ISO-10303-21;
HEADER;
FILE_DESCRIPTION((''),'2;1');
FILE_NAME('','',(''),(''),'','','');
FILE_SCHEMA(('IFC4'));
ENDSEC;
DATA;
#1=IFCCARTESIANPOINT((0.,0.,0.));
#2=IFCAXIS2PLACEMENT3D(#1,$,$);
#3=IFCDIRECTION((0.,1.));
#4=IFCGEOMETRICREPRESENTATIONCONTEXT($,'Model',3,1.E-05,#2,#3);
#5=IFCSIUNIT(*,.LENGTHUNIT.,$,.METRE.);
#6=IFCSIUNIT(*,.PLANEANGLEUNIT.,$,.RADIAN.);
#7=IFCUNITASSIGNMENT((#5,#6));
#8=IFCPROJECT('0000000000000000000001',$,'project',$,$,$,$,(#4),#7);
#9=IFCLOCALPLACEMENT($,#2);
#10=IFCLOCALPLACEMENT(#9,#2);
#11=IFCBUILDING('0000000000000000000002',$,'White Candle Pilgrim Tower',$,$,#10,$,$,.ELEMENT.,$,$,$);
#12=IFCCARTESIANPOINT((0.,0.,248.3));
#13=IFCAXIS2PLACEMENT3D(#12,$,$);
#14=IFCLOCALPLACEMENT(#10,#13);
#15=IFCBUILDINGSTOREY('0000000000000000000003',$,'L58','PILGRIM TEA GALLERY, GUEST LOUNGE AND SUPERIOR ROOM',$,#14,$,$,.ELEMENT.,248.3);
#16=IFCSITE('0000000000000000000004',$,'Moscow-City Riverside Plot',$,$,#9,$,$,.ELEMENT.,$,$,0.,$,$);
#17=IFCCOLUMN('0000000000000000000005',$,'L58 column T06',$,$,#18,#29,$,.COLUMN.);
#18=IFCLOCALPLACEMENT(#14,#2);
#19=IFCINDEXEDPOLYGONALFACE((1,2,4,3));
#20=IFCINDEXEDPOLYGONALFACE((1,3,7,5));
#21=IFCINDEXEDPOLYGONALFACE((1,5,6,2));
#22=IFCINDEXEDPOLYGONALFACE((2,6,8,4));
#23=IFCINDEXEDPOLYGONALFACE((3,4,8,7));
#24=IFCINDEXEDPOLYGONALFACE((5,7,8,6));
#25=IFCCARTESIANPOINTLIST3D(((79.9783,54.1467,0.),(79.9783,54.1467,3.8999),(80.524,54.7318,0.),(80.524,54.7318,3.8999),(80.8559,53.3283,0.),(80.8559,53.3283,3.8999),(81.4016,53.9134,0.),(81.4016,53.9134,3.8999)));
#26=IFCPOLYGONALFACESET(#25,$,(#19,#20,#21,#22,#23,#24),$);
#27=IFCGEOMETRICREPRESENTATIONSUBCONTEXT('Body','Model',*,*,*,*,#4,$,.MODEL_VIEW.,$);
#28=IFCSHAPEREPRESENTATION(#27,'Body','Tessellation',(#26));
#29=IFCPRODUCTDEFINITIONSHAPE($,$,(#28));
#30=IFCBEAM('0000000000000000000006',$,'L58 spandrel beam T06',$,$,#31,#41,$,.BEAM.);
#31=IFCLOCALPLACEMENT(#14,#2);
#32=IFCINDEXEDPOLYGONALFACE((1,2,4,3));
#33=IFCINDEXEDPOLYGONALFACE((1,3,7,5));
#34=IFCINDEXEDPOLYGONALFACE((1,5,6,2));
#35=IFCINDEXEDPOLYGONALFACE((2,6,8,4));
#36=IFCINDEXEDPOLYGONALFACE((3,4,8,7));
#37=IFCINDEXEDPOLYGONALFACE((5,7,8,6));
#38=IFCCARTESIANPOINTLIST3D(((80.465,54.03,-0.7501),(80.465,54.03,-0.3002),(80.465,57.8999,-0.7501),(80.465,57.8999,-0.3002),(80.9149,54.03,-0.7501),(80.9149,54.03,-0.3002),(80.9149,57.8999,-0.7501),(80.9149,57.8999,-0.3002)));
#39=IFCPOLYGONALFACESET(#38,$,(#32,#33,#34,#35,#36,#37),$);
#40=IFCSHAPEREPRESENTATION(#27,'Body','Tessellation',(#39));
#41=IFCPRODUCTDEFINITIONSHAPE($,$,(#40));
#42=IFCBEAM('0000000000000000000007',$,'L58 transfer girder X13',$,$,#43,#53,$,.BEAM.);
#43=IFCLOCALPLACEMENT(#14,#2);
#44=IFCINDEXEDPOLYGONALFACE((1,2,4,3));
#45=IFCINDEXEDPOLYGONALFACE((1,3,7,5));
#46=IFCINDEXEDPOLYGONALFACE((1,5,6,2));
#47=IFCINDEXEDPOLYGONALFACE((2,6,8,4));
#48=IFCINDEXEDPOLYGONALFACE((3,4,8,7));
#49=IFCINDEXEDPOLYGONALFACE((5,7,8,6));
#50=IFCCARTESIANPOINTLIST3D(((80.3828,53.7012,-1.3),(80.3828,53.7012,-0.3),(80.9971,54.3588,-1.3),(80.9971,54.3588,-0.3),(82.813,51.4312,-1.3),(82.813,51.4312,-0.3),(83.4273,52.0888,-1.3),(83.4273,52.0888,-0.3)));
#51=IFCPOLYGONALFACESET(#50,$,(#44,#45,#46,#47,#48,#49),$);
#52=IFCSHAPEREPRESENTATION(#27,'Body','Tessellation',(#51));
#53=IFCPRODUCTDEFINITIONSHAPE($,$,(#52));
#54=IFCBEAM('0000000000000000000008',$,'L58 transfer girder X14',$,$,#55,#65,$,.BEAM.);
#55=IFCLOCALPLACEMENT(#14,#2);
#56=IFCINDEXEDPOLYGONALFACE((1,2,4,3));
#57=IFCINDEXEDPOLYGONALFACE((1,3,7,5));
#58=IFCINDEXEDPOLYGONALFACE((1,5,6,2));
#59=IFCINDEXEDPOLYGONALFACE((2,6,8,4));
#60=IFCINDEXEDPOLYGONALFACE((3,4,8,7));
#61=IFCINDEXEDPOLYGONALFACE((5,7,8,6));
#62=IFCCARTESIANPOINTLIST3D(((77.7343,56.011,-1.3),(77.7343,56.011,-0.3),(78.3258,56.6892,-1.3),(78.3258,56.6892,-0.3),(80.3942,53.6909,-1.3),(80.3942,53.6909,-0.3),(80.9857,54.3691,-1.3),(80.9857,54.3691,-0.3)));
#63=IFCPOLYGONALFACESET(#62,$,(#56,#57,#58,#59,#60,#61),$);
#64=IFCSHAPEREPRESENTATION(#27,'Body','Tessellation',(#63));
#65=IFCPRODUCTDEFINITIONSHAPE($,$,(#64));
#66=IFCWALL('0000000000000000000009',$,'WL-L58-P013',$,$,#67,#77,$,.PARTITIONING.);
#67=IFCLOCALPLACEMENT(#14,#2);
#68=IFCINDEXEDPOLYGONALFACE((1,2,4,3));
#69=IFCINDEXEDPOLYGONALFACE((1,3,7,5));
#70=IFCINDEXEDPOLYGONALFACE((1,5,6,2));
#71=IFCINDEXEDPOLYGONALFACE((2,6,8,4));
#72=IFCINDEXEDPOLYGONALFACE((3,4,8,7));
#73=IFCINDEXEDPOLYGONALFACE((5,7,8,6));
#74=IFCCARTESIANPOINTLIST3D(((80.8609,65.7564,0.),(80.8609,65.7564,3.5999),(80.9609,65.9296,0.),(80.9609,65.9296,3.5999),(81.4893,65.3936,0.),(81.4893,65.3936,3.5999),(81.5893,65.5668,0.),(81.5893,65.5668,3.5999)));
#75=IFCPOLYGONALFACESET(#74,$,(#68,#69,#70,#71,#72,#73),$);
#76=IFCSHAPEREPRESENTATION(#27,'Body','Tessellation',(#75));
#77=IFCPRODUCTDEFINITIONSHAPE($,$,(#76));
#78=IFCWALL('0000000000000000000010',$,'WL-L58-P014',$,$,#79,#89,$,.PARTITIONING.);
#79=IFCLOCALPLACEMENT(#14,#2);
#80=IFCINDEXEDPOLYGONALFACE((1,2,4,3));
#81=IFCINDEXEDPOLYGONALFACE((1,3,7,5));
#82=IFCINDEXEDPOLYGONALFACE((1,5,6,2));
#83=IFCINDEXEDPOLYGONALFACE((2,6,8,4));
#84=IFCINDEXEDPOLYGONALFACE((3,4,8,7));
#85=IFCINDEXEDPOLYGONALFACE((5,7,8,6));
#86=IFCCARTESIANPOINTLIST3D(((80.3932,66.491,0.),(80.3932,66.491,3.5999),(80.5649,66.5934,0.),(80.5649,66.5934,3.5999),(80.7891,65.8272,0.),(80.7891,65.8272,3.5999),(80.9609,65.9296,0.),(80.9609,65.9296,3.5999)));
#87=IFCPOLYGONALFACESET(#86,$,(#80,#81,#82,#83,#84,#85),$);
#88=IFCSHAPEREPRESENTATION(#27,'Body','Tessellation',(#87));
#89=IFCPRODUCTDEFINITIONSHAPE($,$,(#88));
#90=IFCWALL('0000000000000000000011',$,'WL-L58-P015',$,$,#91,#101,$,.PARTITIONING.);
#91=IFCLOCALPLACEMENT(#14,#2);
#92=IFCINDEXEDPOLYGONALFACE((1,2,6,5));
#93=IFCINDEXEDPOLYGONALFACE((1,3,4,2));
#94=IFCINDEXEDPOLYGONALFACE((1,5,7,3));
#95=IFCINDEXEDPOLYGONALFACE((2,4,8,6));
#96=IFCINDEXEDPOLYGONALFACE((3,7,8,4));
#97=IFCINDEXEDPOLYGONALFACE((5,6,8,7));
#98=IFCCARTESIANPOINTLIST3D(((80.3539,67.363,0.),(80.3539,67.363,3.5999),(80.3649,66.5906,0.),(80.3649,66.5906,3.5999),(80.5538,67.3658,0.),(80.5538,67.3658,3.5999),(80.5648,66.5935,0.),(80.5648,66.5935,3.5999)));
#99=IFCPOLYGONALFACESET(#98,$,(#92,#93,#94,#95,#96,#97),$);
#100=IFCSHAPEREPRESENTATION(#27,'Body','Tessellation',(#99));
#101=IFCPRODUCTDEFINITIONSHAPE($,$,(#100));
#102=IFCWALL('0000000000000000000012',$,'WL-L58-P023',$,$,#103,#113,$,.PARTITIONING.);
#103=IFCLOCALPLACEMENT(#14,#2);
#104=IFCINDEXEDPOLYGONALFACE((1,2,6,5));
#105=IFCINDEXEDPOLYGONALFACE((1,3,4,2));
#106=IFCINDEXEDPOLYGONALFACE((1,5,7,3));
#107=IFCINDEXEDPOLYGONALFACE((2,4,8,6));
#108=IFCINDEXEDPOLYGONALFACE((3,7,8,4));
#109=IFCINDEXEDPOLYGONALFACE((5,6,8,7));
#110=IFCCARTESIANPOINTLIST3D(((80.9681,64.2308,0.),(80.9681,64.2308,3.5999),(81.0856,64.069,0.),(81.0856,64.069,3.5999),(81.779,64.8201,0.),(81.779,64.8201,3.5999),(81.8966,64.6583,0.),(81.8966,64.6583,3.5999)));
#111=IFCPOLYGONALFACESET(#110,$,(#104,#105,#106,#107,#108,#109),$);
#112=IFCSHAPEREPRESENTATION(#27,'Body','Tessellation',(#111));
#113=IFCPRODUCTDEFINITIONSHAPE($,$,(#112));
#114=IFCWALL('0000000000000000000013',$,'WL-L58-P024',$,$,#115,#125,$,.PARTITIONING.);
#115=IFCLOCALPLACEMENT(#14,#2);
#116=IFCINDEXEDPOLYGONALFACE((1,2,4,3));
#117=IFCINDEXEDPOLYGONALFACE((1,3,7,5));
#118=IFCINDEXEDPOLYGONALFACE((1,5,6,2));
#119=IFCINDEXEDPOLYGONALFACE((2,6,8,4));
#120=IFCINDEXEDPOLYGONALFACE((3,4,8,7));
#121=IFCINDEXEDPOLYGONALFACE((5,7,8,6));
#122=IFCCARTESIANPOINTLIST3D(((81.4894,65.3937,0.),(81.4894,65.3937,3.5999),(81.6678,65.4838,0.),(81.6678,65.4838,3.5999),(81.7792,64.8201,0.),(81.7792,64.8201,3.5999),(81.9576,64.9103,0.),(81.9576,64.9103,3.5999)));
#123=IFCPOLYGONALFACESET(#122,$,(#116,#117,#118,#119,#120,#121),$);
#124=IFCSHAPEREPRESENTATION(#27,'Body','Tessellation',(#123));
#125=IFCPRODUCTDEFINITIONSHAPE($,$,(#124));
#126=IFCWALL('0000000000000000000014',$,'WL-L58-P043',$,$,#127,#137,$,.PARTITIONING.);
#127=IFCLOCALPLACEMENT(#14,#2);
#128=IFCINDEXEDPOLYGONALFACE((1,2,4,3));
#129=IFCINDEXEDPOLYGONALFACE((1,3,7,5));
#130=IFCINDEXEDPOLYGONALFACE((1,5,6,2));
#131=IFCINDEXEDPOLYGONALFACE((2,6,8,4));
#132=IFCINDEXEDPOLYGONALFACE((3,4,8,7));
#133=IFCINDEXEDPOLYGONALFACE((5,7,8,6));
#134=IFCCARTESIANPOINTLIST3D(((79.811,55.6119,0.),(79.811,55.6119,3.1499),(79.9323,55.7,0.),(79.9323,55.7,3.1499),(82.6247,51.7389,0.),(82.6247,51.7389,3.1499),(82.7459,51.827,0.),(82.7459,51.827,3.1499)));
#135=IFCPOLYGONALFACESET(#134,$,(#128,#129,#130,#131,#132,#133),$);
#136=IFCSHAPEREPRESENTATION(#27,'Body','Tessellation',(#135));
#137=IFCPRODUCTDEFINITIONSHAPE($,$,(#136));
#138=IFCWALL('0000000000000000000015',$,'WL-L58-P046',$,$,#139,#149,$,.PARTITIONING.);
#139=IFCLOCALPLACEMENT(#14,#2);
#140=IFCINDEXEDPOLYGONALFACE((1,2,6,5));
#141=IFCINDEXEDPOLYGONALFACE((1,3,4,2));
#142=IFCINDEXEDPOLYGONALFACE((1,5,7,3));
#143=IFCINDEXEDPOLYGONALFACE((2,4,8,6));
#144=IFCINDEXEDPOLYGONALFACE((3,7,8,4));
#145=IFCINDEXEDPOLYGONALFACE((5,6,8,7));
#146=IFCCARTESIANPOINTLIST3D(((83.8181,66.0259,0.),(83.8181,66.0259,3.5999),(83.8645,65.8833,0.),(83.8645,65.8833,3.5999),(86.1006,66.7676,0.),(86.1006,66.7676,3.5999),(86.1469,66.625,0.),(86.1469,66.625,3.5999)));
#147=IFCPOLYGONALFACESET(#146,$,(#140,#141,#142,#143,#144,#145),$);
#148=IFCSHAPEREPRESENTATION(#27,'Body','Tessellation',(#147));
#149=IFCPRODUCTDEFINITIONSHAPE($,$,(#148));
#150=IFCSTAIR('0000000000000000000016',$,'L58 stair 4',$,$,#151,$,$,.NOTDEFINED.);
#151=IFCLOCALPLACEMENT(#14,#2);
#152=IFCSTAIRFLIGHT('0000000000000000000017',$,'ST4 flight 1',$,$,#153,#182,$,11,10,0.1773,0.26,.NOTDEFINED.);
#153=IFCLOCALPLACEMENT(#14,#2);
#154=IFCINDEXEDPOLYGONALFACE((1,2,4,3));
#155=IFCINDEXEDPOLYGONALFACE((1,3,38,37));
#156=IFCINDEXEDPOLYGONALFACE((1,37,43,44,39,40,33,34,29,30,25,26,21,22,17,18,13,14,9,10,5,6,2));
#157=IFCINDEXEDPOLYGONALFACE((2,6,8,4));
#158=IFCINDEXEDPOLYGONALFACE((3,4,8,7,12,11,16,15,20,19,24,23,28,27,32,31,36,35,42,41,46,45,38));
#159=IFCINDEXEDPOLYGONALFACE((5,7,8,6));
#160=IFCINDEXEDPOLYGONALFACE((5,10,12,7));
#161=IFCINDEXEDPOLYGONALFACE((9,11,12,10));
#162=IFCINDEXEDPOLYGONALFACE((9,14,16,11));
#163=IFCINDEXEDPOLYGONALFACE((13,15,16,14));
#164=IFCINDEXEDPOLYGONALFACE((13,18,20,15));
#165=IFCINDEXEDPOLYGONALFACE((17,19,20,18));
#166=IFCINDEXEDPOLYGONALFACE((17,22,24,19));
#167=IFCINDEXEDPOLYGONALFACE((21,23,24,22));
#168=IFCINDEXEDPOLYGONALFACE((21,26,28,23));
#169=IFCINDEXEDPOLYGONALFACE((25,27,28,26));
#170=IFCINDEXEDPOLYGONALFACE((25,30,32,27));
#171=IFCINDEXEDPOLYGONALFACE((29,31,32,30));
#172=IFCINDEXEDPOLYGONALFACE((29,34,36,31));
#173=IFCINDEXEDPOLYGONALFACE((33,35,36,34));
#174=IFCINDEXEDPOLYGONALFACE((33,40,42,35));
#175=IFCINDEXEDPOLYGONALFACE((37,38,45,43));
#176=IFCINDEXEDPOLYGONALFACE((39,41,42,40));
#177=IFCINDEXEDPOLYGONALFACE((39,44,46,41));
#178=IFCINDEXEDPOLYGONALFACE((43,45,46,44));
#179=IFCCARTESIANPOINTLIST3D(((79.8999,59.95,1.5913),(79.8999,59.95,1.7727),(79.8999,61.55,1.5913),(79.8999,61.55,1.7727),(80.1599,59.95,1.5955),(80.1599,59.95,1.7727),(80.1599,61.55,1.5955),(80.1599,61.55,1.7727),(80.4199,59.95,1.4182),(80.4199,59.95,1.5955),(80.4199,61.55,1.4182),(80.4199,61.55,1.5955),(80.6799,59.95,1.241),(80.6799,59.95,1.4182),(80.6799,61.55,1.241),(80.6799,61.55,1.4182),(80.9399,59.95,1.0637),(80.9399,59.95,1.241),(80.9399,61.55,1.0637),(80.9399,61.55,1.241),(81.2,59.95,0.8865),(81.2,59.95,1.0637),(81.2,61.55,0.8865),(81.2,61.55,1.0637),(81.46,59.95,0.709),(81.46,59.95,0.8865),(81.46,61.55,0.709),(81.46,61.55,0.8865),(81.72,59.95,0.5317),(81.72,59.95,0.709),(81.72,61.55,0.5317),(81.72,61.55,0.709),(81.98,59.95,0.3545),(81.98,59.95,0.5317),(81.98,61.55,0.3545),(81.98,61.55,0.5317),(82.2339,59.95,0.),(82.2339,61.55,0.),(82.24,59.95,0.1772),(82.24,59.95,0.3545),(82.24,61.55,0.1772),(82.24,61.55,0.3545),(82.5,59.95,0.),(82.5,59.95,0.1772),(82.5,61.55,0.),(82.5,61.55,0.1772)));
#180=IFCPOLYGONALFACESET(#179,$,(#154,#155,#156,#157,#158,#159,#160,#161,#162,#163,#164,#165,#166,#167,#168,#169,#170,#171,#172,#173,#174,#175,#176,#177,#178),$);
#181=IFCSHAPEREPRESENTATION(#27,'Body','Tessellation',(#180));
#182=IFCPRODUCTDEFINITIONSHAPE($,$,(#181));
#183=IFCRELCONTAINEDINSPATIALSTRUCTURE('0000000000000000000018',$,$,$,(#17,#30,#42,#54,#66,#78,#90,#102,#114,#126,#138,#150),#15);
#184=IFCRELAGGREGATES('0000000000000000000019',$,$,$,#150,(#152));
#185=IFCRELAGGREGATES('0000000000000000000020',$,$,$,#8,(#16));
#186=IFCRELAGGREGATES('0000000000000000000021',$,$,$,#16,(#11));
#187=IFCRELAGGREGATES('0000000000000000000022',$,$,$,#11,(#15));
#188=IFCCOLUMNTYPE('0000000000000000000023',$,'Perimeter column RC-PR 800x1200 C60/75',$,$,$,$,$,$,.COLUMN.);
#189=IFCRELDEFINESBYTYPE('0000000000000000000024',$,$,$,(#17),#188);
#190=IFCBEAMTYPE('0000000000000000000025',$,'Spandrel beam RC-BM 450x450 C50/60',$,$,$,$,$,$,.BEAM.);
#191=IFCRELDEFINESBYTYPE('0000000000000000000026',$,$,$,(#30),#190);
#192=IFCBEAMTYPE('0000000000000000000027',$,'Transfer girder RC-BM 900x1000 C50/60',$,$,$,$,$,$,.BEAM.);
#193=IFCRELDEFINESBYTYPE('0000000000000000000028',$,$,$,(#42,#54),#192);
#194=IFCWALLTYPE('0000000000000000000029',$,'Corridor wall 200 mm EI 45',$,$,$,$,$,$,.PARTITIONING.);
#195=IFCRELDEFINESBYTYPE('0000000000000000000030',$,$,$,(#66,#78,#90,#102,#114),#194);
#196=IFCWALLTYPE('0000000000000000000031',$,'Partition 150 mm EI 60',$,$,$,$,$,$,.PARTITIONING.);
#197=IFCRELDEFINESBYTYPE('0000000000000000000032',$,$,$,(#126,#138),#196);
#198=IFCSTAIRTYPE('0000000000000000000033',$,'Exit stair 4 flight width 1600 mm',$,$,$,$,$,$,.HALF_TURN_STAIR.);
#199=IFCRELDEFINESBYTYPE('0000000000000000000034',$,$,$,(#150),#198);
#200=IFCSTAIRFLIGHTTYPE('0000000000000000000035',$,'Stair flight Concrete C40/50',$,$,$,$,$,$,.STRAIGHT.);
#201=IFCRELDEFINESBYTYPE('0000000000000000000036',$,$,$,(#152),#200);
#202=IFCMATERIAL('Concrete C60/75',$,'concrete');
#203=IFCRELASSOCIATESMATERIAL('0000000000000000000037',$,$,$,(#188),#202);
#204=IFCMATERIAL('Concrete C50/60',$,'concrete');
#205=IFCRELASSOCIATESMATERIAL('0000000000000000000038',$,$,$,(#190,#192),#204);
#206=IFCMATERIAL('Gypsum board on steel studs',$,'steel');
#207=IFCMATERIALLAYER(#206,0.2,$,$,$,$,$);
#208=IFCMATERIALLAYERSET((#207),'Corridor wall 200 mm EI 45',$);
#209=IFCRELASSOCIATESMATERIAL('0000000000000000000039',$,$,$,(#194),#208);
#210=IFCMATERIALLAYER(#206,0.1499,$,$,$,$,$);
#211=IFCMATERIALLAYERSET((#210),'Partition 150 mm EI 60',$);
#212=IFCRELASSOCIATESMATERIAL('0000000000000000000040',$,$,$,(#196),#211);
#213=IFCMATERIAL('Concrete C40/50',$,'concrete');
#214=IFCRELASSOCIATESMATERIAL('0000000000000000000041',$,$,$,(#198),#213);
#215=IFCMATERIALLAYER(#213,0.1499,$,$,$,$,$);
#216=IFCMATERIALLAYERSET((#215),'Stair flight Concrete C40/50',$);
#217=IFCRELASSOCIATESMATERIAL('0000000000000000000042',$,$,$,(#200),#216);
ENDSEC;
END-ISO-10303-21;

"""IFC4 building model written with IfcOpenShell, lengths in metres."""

from ifc_helpers import new_model, si_unit, direction, frame, frame_2d, origin, origin_2d, place, context, subcontext, project, spatial, polyline, rectangle, outline, extrude, material, layer, layer_set, material_profile, profile_set, type_object, element, aggregate, save


model = new_model("IFC4")

# Units and contexts
model_context = context("Model", 3, precision=1e-05, world=origin(), true_north=direction((0.0, 1.0)))
body_context = subcontext(model_context, "Body", "Model", "MODEL_VIEW")
ifc_project = project(units=[si_unit("LENGTHUNIT", "METRE"), si_unit("PLANEANGLEUNIT", "RADIAN")], contexts=[model_context])

# Site, building, storey
site_placement = place(None, origin())
site = spatial("IfcSite", under=ifc_project, at=site_placement, Name="Moscow-City Riverside Plot", CompositionType="ELEMENT", RefElevation=0.0)
building_placement = place(site_placement, origin())
building = spatial("IfcBuilding", under=site, at=building_placement, Name="White Candle Pilgrim Tower", CompositionType="ELEMENT")
storey_placement = place(building_placement, frame((0.0, 0.0, 248.3)))
storey = spatial("IfcBuildingStorey", under=building, at=storey_placement, Name="L58", Description="PILGRIM TEA GALLERY, GUEST LOUNGE AND SUPERIOR ROOM", CompositionType="ELEMENT", Elevation=248.3)

# Column
ifc_material_1 = material(Name="Concrete C60/75", Category="concrete")
ifc_material_profile_1 = material_profile(ifc_material_1, rectangle(XDim=0.8, YDim=1.2, at=origin_2d()), Name="RC-PR 800x1200")
ifc_profile_set_1 = profile_set([ifc_material_profile_1], Name="Concrete C60/75")
column_type = type_object("IfcColumnType", Name="Perimeter column RC-PR 800x1200 C60/75", PredefinedType="COLUMN", material=ifc_profile_set_1)
column_placement = place(storey_placement, frame((80.6899, 54.03, 0.0), z_axis=(0.0, 0.0, 1.0), x_axis=(-0.681998, -0.731354, 0.0)))
element("IfcColumn", 1, at=column_placement, inside=storey, type_object=column_type, Name="L58 column T06", PredefinedType="COLUMN", context=body_context, shape_type="SweptSolid", body=[
    extrude(rectangle(XDim=0.8, YDim=1.2, at=origin_2d()), origin(), (0.0, 0.0, 1.0), 3.8999),
])

# Beams
ifc_material_2 = material(Name="Concrete C50/60", Category="concrete")
ifc_material_profile_2 = material_profile(ifc_material_2, rectangle(XDim=0.45, YDim=0.45, at=origin_2d()), Name="RC-BM 450x450")
ifc_profile_set_2 = profile_set([ifc_material_profile_2], Name="Concrete C50/60")
beam_type_1 = type_object("IfcBeamType", Name="Spandrel beam RC-BM 450x450 C50/60", PredefinedType="BEAM", material=ifc_profile_set_2)
beam_1_placement = place(storey_placement, frame((80.6899, 54.03, -0.5251), z_axis=(0.0, 1.0, 0.0), x_axis=(-1.0, 0.0, 0.0)))
element("IfcBeam", 2, at=beam_1_placement, inside=storey, type_object=beam_type_1, Name="L58 spandrel beam T06", PredefinedType="BEAM", context=body_context, shape_type="SweptSolid", body=[
    extrude(rectangle(XDim=0.45, YDim=0.45, at=origin_2d()), origin(), (0.0, 0.0, 1.0), 3.8699),
])
ifc_material_profile_3 = material_profile(ifc_material_2, rectangle(XDim=0.8999, YDim=1.0, at=origin_2d()), Name="RC-BM 900x1000")
ifc_profile_set_3 = profile_set([ifc_material_profile_3], Name="Concrete C50/60")
beam_type_2 = type_object("IfcBeamType", Name="Transfer girder RC-BM 900x1000 C50/60", PredefinedType="BEAM", material=ifc_profile_set_3)
beam_2_placement = place(storey_placement, frame((83.1201, 51.76, -0.8), z_axis=(-0.730777, 0.682616, 0.0), x_axis=(-0.682616, -0.730777, 0.0)))
element("IfcBeam", 3, at=beam_2_placement, inside=storey, type_object=beam_type_2, Name="L58 transfer girder X13", PredefinedType="BEAM", context=body_context, shape_type="SweptSolid", body=[
    extrude(rectangle(XDim=0.8999, YDim=1.0, at=origin_2d()), origin(), (0.0, 0.0, 1.0), 3.3254),
])
beam_3_placement = place(storey_placement, frame((80.6899, 54.03, -0.8), z_axis=(-0.753608, 0.657324, 0.0), x_axis=(-0.657324, -0.753608, 0.0)))
element("IfcBeam", 4, at=beam_3_placement, inside=storey, type_object=beam_type_2, Name="L58 transfer girder X14", PredefinedType="BEAM", context=body_context, shape_type="SweptSolid", body=[
    extrude(rectangle(XDim=0.8999, YDim=1.0, at=origin_2d()), origin(), (0.0, 0.0, 1.0), 3.5295),
])

# Walls
ifc_material_3 = material(Name="Gypsum board on steel studs", Category="steel")
ifc_layer_1 = layer(ifc_material_3, 0.2)
ifc_layer_set_1 = layer_set([ifc_layer_1], Name="Corridor wall 200 mm EI 45")
wall_type_1 = type_object("IfcWallType", Name="Corridor wall 200 mm EI 45", PredefinedType="PARTITIONING", material=ifc_layer_set_1)
wall_1_placement = place(storey_placement, frame((81.5393, 65.4802, 0.0), z_axis=(0.0, 0.0, 1.0), x_axis=(-0.86604, 0.499975, 0.0)))
element("IfcWall", 5, at=wall_1_placement, inside=storey, type_object=wall_type_1, Name="WL-L58-P013", PredefinedType="PARTITIONING", context=body_context, shape_type="SweptSolid", body=[
    extrude(rectangle(XDim=0.7256, YDim=0.2, at=frame_2d((0.3628, 0.0))), origin(), (0.0, 0.0, 1.0), 3.5999),
])
wall_2_placement = place(storey_placement, frame((80.875, 65.8784, 0.0), z_axis=(0.0, 0.0, 1.0), x_axis=(-0.512311, 0.8588, 0.0)))
element("IfcWall", 6, at=wall_2_placement, inside=storey, type_object=wall_type_1, Name="WL-L58-P014", PredefinedType="PARTITIONING", context=body_context, shape_type="SweptSolid", body=[
    extrude(rectangle(XDim=0.7729, YDim=0.2, at=frame_2d((0.3865, 0.0))), origin(), (0.0, 0.0, 1.0), 3.5999),
])
wall_3_placement = place(storey_placement, frame((80.4648, 66.592, 0.0), z_axis=(0.0, 0.0, 1.0), x_axis=(-0.014221, 0.999899, 0.0)))
element("IfcWall", 7, at=wall_3_placement, inside=storey, type_object=wall_type_1, Name="WL-L58-P015", PredefinedType="PARTITIONING", context=body_context, shape_type="SweptSolid", body=[
    extrude(rectangle(XDim=0.7725, YDim=0.2, at=frame_2d((0.3862, 0.0))), origin(), (0.0, 0.0, 1.0), 3.5999),
])
wall_4_placement = place(storey_placement, frame((81.0269, 64.1499, 0.0), z_axis=(0.0, 0.0, 1.0), x_axis=(0.808968, 0.587853, 0.0)))
element("IfcWall", 8, at=wall_4_placement, inside=storey, type_object=wall_type_1, Name="WL-L58-P023", PredefinedType="PARTITIONING", context=body_context, shape_type="SweptSolid", body=[
    extrude(rectangle(XDim=1.0024, YDim=0.2, at=frame_2d((0.5012, 0.0))), origin(), (0.0, 0.0, 1.0), 3.5999),
])
wall_5_placement = place(storey_placement, frame((81.8684, 64.8652, 0.0), z_axis=(0.0, 0.0, 1.0), x_axis=(-0.451009, 0.892519, 0.0)))
element("IfcWall", 9, at=wall_5_placement, inside=storey, type_object=wall_type_1, Name="WL-L58-P024", PredefinedType="PARTITIONING", context=body_context, shape_type="SweptSolid", body=[
    extrude(rectangle(XDim=0.6426, YDim=0.2, at=frame_2d((0.3213, 0.0))), origin(), (0.0, 0.0, 1.0), 3.5999),
])
ifc_layer_2 = layer(ifc_material_3, 0.1499)
ifc_layer_set_2 = layer_set([ifc_layer_2], Name="Partition 150 mm EI 60")
wall_type_2 = type_object("IfcWallType", Name="Partition 150 mm EI 60", PredefinedType="PARTITIONING", material=ifc_layer_set_2)
wall_6_placement = place(storey_placement, frame((82.6853, 51.783, 0.0), z_axis=(0.0, 0.0, 1.0), x_axis=(-0.587756, 0.809038, 0.0)))
element("IfcWall", 10, at=wall_6_placement, inside=storey, type_object=wall_type_2, Name="WL-L58-P043", PredefinedType="PARTITIONING", context=body_context, shape_type="SweptSolid", body=[
    extrude(rectangle(XDim=4.7871, YDim=0.1499, at=frame_2d((2.3936, 0.0))), origin(), (0.0, 0.0, 1.0), 3.1499),
])
wall_7_placement = place(storey_placement, frame((83.8413, 65.9546, 0.0), z_axis=(0.0, 0.0, 1.0), x_axis=(0.951047, 0.309047, 0.0)))
element("IfcWall", 11, at=wall_7_placement, inside=storey, type_object=wall_type_2, Name="WL-L58-P046", PredefinedType="PARTITIONING", context=body_context, shape_type="SweptSolid", body=[
    extrude(rectangle(XDim=2.3999, YDim=0.1499, at=frame_2d((1.2, 0.0))), origin(), (0.0, 0.0, 1.0), 3.5999),
])

# Stair, stair flight
ifc_material_4 = material(Name="Concrete C40/50", Category="concrete")
stair_type = type_object("IfcStairType", Name="Exit stair 4 flight width 1600 mm", PredefinedType="HALF_TURN_STAIR", material=ifc_material_4)
stair_placement = place(storey_placement, origin())
stair = element("IfcStair", 12, at=stair_placement, inside=storey, type_object=stair_type, Name="L58 stair 4", PredefinedType="NOTDEFINED")
ifc_layer_3 = layer(ifc_material_4, 0.1499)
ifc_layer_set_3 = layer_set([ifc_layer_3], Name="Stair flight Concrete C40/50")
stair_flight_type = type_object("IfcStairFlightType", Name="Stair flight Concrete C40/50", PredefinedType="STRAIGHT", material=ifc_layer_set_3)
stair_flight_1_placement = place(storey_placement, frame((82.5, 60.75, 0.0), z_axis=(0.0, 0.0, 1.0), x_axis=(-1.0, 0.0, 0.0)))
stair_flight_1 = element("IfcStairFlight", 13, at=stair_flight_1_placement, type_object=stair_flight_type, Name="ST4 flight 1", NumberOfRisers=11, NumberOfTreads=10, PredefinedType="NOTDEFINED", RiserHeight=0.1773, TreadLength=0.26, context=body_context, shape_type="SweptSolid", body=[
    extrude(outline(polyline([(0.0, 0.0), (0.0, 0.1772), (0.26, 0.1772), (0.26, 0.3545), (0.52, 0.3545), (0.52, 0.5317), (0.78, 0.5317), (0.78, 0.709), (1.04, 0.709), (1.04, 0.8865), (1.3, 0.8865), (1.3, 1.0637), (1.5601, 1.0637), (1.5601, 1.241), (1.8201, 1.241), (1.8201, 1.4182), (2.0801, 1.4182), (2.0801, 1.5955), (2.3401, 1.5955), (2.3401, 1.7727), (2.6001, 1.7727), (2.6001, 1.95), (2.6001, 1.5913), (0.2661, 0.0), (0.0, 0.0)])), frame((0.0, 0.8, 0.0), z_axis=(0.0, -1.0, 0.0), x_axis=(1.0, 0.0, 0.0)), (0.0, 0.0, 1.0), 1.6001),
])
aggregate(stair, [stair_flight_1])

save(model, "model.ifc")
